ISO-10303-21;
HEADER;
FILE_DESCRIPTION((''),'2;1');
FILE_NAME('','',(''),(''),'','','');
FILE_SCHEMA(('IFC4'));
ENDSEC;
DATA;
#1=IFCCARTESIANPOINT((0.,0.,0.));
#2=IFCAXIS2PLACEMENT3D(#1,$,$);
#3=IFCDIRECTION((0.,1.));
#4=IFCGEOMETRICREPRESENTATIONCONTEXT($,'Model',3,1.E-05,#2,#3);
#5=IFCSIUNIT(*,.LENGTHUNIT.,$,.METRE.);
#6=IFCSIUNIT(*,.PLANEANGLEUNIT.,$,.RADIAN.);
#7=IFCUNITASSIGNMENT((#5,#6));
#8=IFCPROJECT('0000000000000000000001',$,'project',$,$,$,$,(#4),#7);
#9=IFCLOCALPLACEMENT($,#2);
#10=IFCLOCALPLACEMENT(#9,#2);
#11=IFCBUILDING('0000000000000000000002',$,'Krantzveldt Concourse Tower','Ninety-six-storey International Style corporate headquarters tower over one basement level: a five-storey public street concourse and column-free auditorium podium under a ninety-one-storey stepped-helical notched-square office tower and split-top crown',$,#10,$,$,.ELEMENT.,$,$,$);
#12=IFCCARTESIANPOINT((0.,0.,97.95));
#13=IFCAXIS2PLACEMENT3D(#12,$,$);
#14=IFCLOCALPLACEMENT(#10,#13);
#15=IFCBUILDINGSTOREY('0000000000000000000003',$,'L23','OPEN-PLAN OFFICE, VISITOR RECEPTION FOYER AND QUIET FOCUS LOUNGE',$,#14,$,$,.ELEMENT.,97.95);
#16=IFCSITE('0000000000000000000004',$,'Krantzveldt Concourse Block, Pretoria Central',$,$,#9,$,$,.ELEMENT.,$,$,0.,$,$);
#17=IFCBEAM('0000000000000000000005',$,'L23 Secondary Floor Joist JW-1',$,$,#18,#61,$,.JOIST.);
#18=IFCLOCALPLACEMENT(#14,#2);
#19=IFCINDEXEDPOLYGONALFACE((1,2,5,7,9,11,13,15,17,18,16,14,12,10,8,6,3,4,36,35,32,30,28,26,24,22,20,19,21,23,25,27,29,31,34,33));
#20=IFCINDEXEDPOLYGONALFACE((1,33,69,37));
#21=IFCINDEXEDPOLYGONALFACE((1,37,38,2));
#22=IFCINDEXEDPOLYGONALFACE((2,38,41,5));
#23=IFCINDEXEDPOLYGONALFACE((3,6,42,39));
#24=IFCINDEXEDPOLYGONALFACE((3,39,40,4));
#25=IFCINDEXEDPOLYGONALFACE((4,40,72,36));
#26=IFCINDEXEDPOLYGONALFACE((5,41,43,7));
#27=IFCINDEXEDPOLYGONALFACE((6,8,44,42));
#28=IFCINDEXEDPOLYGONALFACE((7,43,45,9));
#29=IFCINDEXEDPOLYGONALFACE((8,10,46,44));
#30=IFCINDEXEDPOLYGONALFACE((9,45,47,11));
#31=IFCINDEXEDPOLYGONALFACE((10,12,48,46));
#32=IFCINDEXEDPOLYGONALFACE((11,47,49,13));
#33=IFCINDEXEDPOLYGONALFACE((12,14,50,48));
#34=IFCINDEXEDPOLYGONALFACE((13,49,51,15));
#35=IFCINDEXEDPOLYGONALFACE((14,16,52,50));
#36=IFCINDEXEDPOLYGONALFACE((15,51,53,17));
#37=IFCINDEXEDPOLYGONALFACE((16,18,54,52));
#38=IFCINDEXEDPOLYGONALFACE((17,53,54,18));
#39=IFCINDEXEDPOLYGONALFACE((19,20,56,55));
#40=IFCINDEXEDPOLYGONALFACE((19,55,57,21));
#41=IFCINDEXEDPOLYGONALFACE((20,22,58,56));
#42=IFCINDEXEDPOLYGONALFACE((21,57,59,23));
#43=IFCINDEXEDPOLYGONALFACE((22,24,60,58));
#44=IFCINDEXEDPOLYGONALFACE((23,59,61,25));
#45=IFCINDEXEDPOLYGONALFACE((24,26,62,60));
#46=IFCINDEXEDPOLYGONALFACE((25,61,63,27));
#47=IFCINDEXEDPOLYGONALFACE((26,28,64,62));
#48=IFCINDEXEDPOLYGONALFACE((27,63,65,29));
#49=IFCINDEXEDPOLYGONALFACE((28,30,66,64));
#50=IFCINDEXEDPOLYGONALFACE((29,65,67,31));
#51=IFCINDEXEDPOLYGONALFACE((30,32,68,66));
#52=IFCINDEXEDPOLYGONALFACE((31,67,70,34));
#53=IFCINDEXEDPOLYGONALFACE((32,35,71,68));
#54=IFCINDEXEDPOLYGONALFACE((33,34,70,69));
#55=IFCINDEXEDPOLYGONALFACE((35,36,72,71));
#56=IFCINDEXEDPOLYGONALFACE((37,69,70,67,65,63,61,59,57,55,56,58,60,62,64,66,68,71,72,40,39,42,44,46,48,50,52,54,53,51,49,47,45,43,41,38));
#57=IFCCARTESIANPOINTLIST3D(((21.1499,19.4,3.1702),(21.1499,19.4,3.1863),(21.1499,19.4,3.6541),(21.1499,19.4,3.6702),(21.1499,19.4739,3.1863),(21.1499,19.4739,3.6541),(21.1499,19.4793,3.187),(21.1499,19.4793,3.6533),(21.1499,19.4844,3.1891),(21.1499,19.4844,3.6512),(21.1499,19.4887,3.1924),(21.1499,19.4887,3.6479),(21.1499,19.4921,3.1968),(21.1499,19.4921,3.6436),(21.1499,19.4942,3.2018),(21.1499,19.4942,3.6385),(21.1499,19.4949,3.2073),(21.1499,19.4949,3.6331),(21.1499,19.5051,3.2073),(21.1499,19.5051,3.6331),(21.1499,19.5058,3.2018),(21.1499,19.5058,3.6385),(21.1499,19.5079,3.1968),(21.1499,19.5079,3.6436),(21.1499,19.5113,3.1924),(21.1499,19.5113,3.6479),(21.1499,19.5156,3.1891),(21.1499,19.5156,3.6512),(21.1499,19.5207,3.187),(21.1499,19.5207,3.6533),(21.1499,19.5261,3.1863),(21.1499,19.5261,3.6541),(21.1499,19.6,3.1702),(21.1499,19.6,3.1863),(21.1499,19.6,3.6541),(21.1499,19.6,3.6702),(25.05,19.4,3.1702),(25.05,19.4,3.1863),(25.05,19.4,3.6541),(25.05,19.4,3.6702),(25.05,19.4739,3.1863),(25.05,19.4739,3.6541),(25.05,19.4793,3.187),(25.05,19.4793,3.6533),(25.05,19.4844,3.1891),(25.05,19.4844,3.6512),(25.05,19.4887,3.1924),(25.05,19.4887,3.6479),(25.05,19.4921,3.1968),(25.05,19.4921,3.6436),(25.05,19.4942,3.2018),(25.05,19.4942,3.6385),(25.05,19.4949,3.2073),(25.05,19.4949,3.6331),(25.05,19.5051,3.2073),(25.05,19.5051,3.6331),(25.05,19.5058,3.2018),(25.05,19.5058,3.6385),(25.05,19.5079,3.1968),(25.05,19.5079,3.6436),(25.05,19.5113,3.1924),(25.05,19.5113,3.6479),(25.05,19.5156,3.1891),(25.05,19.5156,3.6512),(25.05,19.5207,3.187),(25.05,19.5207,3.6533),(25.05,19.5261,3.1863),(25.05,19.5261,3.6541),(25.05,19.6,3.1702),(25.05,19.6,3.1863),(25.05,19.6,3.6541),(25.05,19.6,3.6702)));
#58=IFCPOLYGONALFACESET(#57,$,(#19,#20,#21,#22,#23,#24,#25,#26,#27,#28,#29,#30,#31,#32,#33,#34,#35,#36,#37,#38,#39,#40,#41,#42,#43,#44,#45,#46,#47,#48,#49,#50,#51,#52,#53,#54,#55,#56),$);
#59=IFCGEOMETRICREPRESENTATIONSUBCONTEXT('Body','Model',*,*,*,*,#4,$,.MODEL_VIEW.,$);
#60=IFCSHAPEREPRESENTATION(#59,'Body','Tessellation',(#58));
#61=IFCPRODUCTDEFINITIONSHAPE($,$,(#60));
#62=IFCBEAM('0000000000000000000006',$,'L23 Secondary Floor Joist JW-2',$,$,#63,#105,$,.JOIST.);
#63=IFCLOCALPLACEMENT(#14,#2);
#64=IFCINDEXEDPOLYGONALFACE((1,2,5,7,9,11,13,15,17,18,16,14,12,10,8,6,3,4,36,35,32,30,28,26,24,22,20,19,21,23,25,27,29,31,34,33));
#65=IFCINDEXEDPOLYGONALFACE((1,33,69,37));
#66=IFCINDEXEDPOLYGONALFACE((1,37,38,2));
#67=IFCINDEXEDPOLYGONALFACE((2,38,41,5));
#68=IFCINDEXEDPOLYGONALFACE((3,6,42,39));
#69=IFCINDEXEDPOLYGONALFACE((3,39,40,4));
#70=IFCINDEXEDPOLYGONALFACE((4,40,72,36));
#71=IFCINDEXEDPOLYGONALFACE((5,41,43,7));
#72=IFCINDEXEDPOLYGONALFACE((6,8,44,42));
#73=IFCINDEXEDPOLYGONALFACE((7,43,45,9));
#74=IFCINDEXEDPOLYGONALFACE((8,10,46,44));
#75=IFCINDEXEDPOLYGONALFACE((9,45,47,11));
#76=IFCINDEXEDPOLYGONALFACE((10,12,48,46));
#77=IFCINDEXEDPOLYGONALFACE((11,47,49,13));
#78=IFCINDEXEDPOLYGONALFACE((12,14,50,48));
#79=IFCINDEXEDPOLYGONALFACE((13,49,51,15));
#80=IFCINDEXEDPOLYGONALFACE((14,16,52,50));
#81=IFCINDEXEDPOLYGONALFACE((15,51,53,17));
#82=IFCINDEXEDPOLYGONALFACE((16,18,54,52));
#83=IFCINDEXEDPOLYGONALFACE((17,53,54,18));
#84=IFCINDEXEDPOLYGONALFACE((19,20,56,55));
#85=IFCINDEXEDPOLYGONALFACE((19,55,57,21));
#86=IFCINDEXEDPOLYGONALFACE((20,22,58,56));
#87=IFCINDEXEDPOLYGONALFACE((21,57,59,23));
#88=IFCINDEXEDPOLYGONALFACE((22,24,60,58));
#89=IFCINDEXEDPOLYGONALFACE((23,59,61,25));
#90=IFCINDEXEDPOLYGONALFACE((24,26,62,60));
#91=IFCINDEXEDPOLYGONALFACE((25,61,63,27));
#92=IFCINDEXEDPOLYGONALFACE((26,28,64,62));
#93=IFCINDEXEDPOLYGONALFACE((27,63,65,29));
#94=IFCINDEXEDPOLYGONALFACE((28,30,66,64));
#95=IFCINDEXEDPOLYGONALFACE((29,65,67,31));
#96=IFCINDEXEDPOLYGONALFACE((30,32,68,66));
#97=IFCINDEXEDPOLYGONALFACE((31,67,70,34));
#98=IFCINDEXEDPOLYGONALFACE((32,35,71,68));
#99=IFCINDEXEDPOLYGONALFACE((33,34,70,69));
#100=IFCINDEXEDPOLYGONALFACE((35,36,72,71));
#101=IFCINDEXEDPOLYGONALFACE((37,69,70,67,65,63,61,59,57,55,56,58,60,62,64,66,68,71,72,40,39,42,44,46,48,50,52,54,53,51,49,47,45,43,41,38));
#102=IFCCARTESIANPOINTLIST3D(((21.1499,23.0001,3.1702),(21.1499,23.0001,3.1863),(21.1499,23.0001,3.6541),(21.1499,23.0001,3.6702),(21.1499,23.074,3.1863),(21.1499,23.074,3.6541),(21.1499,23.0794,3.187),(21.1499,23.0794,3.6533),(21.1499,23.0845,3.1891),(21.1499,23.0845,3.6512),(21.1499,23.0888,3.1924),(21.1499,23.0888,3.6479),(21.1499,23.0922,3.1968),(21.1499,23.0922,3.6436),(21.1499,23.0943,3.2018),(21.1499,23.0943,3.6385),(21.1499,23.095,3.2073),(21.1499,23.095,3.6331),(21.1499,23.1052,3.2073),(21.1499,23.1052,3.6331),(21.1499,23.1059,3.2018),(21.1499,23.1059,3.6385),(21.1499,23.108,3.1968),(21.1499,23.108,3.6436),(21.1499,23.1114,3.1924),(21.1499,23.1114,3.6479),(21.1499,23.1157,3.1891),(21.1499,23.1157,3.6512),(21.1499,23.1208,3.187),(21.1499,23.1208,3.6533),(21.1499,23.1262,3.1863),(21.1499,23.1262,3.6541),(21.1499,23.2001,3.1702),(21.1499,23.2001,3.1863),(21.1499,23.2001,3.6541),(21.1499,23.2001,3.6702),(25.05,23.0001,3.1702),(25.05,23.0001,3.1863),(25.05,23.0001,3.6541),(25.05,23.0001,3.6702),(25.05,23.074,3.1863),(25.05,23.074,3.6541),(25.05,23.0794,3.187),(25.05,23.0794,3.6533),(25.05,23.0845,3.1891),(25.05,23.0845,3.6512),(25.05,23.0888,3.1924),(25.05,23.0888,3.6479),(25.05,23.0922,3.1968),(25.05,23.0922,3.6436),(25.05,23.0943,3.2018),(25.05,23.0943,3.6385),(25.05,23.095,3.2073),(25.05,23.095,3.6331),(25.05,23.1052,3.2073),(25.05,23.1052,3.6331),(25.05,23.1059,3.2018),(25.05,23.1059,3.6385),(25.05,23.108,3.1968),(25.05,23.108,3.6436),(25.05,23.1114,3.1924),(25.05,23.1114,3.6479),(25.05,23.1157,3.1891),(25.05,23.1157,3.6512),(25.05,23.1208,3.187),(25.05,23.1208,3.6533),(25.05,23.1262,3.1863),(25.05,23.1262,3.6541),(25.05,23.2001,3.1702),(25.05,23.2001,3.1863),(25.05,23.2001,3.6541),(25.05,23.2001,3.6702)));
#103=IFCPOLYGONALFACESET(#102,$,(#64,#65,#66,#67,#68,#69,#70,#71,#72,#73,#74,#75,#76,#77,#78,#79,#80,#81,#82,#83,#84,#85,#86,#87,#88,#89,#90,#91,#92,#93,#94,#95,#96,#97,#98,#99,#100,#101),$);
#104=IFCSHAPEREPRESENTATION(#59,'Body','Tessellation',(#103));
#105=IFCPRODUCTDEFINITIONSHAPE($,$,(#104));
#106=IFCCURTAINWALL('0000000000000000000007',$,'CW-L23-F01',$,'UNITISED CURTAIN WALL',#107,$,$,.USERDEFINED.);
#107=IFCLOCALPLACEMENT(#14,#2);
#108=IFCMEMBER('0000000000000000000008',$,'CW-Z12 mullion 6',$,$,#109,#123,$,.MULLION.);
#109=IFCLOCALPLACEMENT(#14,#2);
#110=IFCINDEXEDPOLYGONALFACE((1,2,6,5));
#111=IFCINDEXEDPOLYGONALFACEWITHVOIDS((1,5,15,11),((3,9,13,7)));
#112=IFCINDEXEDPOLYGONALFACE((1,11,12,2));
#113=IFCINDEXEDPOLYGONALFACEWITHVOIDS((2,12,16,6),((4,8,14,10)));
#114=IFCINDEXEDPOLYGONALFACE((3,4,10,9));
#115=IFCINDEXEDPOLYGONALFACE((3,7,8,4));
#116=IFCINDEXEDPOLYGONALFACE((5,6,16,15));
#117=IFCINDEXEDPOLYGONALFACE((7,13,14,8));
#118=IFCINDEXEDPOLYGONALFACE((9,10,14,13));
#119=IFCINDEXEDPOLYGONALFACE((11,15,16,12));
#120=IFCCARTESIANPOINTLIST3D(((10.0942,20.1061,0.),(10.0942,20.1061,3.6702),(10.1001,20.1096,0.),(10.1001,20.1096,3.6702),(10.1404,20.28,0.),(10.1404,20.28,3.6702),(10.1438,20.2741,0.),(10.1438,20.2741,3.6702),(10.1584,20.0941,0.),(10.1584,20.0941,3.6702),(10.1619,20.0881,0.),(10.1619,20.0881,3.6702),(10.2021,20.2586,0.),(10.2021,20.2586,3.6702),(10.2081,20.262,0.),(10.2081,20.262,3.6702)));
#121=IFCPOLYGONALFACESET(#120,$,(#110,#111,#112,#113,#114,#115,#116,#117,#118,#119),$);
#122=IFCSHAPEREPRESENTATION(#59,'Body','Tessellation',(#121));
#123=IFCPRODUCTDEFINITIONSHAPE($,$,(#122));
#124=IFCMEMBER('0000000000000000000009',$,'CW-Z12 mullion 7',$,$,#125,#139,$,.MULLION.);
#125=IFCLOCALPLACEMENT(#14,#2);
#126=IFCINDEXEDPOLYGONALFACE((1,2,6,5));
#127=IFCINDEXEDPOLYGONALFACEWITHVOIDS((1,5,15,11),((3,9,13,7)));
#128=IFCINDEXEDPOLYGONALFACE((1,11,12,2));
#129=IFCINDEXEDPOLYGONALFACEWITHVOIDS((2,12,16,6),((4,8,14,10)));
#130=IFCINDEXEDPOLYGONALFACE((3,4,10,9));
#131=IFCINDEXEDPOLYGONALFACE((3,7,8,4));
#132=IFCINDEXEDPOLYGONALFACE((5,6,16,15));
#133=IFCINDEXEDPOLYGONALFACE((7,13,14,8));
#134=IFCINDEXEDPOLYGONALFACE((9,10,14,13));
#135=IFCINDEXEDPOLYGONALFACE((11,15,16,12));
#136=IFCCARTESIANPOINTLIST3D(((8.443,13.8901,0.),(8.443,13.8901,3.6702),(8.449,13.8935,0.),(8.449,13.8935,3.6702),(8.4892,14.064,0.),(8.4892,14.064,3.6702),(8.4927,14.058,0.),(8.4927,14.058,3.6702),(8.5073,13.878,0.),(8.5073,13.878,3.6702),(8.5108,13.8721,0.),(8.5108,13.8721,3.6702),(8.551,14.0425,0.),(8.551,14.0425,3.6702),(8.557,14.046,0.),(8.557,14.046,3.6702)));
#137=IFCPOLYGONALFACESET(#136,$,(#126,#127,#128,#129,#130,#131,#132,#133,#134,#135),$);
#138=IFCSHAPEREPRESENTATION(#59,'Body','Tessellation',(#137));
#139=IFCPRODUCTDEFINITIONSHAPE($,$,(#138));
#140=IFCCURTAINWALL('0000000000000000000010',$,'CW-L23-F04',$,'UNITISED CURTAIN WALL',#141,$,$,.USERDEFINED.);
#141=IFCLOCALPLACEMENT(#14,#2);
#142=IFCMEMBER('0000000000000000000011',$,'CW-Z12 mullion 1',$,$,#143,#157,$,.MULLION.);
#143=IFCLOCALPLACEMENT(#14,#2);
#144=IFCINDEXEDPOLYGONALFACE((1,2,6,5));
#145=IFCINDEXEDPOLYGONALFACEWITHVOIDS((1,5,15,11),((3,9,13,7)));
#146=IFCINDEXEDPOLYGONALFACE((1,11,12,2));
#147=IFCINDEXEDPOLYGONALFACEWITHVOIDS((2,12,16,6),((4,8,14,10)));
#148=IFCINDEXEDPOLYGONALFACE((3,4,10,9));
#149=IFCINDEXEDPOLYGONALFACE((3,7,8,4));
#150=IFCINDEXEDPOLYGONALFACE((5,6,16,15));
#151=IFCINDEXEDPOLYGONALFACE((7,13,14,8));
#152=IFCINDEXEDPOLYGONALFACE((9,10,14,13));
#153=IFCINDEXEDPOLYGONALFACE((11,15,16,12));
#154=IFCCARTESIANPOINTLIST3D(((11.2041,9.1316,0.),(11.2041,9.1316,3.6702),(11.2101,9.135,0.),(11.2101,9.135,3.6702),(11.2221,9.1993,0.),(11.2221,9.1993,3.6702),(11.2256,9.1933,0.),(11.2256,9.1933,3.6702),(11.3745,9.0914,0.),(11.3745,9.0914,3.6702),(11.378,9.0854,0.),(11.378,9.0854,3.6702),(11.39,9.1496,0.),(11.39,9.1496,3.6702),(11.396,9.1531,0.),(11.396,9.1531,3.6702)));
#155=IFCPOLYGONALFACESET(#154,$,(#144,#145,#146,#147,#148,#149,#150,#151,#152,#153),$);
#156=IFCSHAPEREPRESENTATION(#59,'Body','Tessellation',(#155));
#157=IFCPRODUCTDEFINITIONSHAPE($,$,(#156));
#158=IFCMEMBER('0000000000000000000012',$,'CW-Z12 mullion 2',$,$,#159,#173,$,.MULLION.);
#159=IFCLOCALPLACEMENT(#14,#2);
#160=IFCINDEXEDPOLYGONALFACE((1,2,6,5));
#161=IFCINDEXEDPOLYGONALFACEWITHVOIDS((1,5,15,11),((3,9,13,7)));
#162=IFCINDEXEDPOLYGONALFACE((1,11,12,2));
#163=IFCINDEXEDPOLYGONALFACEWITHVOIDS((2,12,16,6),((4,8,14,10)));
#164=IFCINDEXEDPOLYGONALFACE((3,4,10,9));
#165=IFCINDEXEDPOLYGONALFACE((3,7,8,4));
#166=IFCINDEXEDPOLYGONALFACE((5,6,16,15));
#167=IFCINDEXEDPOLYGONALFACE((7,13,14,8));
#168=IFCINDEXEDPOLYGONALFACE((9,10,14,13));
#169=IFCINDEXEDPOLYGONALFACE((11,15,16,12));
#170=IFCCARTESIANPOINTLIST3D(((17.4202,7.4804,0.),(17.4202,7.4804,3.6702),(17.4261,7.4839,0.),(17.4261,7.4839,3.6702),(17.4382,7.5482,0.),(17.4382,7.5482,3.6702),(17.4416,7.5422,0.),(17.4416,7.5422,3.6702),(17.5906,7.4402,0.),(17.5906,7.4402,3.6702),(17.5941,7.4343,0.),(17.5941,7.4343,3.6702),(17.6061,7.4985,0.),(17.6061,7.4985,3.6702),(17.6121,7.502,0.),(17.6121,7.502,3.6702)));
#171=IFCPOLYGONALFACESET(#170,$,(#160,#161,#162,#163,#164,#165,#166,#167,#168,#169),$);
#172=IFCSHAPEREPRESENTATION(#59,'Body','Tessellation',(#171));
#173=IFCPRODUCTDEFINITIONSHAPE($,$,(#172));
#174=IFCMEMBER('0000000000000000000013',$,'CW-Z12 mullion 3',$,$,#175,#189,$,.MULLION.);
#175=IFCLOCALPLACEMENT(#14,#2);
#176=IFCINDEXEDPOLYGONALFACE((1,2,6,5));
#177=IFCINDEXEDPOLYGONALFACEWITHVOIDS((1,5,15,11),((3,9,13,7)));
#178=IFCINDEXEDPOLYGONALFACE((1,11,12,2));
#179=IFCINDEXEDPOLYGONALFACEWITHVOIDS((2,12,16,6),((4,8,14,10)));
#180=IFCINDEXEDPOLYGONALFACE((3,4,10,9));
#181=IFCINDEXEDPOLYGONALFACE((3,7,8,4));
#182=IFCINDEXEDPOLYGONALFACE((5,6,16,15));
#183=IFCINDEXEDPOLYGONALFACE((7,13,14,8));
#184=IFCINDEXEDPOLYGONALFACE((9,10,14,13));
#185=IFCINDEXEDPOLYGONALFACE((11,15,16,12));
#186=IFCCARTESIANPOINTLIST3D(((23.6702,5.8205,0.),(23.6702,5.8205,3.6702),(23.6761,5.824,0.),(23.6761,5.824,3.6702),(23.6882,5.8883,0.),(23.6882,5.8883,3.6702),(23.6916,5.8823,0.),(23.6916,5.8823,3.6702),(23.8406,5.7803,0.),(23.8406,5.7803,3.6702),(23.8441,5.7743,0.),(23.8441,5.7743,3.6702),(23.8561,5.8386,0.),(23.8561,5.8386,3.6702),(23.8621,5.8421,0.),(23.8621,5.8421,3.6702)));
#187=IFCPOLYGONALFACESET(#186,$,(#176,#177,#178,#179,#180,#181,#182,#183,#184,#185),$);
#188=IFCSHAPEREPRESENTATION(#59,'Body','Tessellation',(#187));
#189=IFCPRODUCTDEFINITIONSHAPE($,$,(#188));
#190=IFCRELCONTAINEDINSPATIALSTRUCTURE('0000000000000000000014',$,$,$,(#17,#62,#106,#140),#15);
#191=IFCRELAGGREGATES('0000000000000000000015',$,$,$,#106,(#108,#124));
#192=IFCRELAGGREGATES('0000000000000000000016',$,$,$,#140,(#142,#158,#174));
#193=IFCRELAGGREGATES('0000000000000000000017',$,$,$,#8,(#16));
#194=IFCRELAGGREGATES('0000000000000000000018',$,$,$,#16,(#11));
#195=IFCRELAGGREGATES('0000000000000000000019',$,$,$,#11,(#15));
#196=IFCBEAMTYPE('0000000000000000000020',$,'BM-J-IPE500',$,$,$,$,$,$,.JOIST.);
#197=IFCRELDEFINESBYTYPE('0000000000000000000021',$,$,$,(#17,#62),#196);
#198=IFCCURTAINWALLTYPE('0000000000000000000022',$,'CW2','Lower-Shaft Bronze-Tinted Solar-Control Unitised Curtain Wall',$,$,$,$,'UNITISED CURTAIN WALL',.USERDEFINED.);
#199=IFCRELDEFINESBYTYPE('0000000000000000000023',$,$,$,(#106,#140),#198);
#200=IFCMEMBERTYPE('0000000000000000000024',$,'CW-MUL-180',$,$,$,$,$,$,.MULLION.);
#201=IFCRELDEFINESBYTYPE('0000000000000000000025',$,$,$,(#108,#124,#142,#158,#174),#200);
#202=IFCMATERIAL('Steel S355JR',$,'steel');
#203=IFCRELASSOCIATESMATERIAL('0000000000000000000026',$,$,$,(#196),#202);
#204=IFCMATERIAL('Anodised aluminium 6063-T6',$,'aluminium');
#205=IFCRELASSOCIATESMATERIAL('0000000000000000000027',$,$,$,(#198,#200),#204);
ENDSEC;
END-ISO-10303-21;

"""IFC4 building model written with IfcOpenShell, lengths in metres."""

from ifc_helpers import new_model, si_unit, direction, frame, origin, origin_2d, place, context, subcontext, project, spatial, hollow_rectangle, i_section, extrude, source, transform, mapped, material, material_profile, profile_set, type_object, type_shapes, element, aggregate, save


model = new_model("IFC4")

# Units and contexts
model_context = context("Model", 3, precision=1e-05, world=origin(), true_north=direction((0.0, 1.0)))
body_context = subcontext(model_context, "Body", "Model", "MODEL_VIEW")
ifc_project = project(units=[si_unit("LENGTHUNIT", "METRE"), si_unit("PLANEANGLEUNIT", "RADIAN")], contexts=[model_context])

# Site, building, storey
site_placement = place(None, origin())
site = spatial("IfcSite", under=ifc_project, at=site_placement, Name="Krantzveldt Concourse Block, Pretoria Central", CompositionType="ELEMENT", RefElevation=0.0)
building_placement = place(site_placement, origin())
building = spatial("IfcBuilding", under=site, at=building_placement, Name="Krantzveldt Concourse Tower", Description="Ninety-six-storey International Style corporate headquarters tower over one basement level: a five-storey public street concourse and column-free auditorium podium under a ninety-one-storey stepped-helical notched-square office tower and split-top crown", CompositionType="ELEMENT")
storey_placement = place(building_placement, frame((0.0, 0.0, 97.95)))
storey = spatial("IfcBuildingStorey", under=building, at=storey_placement, Name="L23", Description="OPEN-PLAN OFFICE, VISITOR RECEPTION FOYER AND QUIET FOCUS LOUNGE", CompositionType="ELEMENT", Elevation=97.95)

# Beams
ifc_material_1 = material(Name="Steel S355JR", Category="steel")
ifc_material_profile_1 = material_profile(ifc_material_1, i_section(OverallWidth=0.2, OverallDepth=0.5, WebThickness=0.0103, FlangeThickness=0.0161, FilletRadius=0.021, at=origin_2d()), Name="Steel S355JR", Category="steel")
ifc_profile_set_1 = profile_set([ifc_material_profile_1], Name="Steel S355JR - IPE 500")
beam_type_1 = type_object("IfcBeamType", Name="BM-J-IPE500", PredefinedType="JOIST", material=ifc_profile_set_1)
shared_shape_1 = source(origin(), body_context, "Body", "SweptSolid", [
    extrude(i_section(OverallWidth=0.2, OverallDepth=0.5, WebThickness=0.0103, FlangeThickness=0.0161, FilletRadius=0.021, at=origin_2d()), origin(), (0.0, 0.0, 1.0), 3.9001),
])
type_shapes(beam_type_1, [shared_shape_1])
for number, where, z_axis, x_axis, name in (
    (1, (21.1499, 19.5, 3.4202), (1.0, 0.0, 0.0), (0.0, 1.0, 0.0), "L23 Secondary Floor Joist JW-1"),
    (2, (21.1499, 23.1001, 3.4202), (1.0, 0.0, 0.0), (0.0, 1.0, 0.0), "L23 Secondary Floor Joist JW-2"),
):
    element("IfcBeam", number, at=place(storey_placement, frame(where, z_axis=z_axis, x_axis=x_axis)), inside=storey, type_object=beam_type_1, Name=name, PredefinedType="JOIST", context=body_context, shape_type="MappedRepresentation", body=[
        mapped(shared_shape_1, transform((0.0, 0.0, 0.0), x_axis=(1.0, 0.0, 0.0), y_axis=(0.0, 1.0, 0.0), z_axis=(0.0, 0.0, 1.0), scale=1.0)),
    ])

# Curtain walls, members
ifc_material_2 = material(Name="Anodised aluminium 6063-T6", Category="aluminium")
curtain_wall_type = type_object("IfcCurtainWallType", Name="CW2", Description="Lower-Shaft Bronze-Tinted Solar-Control Unitised Curtain Wall", ElementType="UNITISED CURTAIN WALL", PredefinedType="USERDEFINED", material=ifc_material_2)
curtain_wall_1_placement = place(storey_placement, origin())
curtain_wall_1 = element("IfcCurtainWall", 3, at=curtain_wall_1_placement, inside=storey, type_object=curtain_wall_type, Name="CW-L23-F01", ObjectType="UNITISED CURTAIN WALL", PredefinedType="USERDEFINED")
ifc_material_profile_2 = material_profile(ifc_material_2, hollow_rectangle(XDim=0.0701, YDim=0.1799, WallThickness=0.0049, at=origin_2d()), Name="Anodised aluminium 6063-T6", Category="aluminium")
ifc_profile_set_2 = profile_set([ifc_material_profile_2], Name="Anodised aluminium 6063-T6 - ALU-MULL 180x70x5")
member_type_1 = type_object("IfcMemberType", Name="CW-MUL-180", PredefinedType="MULLION", material=ifc_profile_set_2)
shared_shape_2 = source(origin(), body_context, "Body", "SweptSolid", [
    extrude(hollow_rectangle(XDim=0.0701, YDim=0.1799, WallThickness=0.0049, at=origin_2d()), origin(), (0.0, 0.0, 1.0), 3.6702),
])
type_shapes(member_type_1, [shared_shape_2])
member_1_placement = place(storey_placement, frame((10.1511, 20.1841, 0.0), z_axis=(0.0, 0.0, 1.0), x_axis=(0.966488, -0.256711, 0.0)))
member_1 = element("IfcMember", 4, at=member_1_placement, type_object=member_type_1, Name="CW-Z12 mullion 6", PredefinedType="MULLION", context=body_context, shape_type="MappedRepresentation", body=[
    mapped(shared_shape_2, transform((0.0, 0.0, 0.0), x_axis=(1.0, 0.0, 0.0), y_axis=(0.0, 1.0, 0.0), z_axis=(0.0, 0.0, 1.0), scale=1.0)),
])
member_2_placement = place(storey_placement, frame((8.5, 13.968, 0.0), z_axis=(0.0, 0.0, 1.0), x_axis=(0.966488, -0.256711, 0.0)))
member_2 = element("IfcMember", 5, at=member_2_placement, type_object=member_type_1, Name="CW-Z12 mullion 7", PredefinedType="MULLION", context=body_context, shape_type="MappedRepresentation", body=[
    mapped(shared_shape_2, transform((0.0, 0.0, 0.0), x_axis=(1.0, 0.0, 0.0), y_axis=(0.0, 1.0, 0.0), z_axis=(0.0, 0.0, 1.0), scale=1.0)),
])
curtain_wall_2_placement = place(storey_placement, origin())
curtain_wall_2 = element("IfcCurtainWall", 6, at=curtain_wall_2_placement, inside=storey, type_object=curtain_wall_type, Name="CW-L23-F04", ObjectType="UNITISED CURTAIN WALL", PredefinedType="USERDEFINED")
member_3_placement = place(storey_placement, frame((11.3, 9.1423, 0.0), z_axis=(0.0, 0.0, 1.0), x_axis=(0.256711, 0.966488, 0.0)))
member_3 = element("IfcMember", 7, at=member_3_placement, type_object=member_type_1, Name="CW-Z12 mullion 1", PredefinedType="MULLION", context=body_context, shape_type="MappedRepresentation", body=[
    mapped(shared_shape_2, transform((0.0, 0.0, 0.0), x_axis=(1.0, 0.0, 0.0), y_axis=(0.0, 1.0, 0.0), z_axis=(0.0, 0.0, 1.0), scale=1.0)),
])
member_4_placement = place(storey_placement, frame((17.5161, 7.4912, 0.0), z_axis=(0.0, 0.0, 1.0), x_axis=(0.256711, 0.966488, 0.0)))
member_4 = element("IfcMember", 8, at=member_4_placement, type_object=member_type_1, Name="CW-Z12 mullion 2", PredefinedType="MULLION", context=body_context, shape_type="MappedRepresentation", body=[
    mapped(shared_shape_2, transform((0.0, 0.0, 0.0), x_axis=(1.0, 0.0, 0.0), y_axis=(0.0, 1.0, 0.0), z_axis=(0.0, 0.0, 1.0), scale=1.0)),
])
member_5_placement = place(storey_placement, frame((23.7661, 5.8313, 0.0), z_axis=(0.0, 0.0, 1.0), x_axis=(0.256711, 0.966488, 0.0)))
member_5 = element("IfcMember", 9, at=member_5_placement, type_object=member_type_1, Name="CW-Z12 mullion 3", PredefinedType="MULLION", context=body_context, shape_type="MappedRepresentation", body=[
    mapped(shared_shape_2, transform((0.0, 0.0, 0.0), x_axis=(1.0, 0.0, 0.0), y_axis=(0.0, 1.0, 0.0), z_axis=(0.0, 0.0, 1.0), scale=1.0)),
])

aggregate(curtain_wall_1, [member_1, member_2])
aggregate(curtain_wall_2, [member_3, member_4, member_5])

save(model, "model.ifc")
